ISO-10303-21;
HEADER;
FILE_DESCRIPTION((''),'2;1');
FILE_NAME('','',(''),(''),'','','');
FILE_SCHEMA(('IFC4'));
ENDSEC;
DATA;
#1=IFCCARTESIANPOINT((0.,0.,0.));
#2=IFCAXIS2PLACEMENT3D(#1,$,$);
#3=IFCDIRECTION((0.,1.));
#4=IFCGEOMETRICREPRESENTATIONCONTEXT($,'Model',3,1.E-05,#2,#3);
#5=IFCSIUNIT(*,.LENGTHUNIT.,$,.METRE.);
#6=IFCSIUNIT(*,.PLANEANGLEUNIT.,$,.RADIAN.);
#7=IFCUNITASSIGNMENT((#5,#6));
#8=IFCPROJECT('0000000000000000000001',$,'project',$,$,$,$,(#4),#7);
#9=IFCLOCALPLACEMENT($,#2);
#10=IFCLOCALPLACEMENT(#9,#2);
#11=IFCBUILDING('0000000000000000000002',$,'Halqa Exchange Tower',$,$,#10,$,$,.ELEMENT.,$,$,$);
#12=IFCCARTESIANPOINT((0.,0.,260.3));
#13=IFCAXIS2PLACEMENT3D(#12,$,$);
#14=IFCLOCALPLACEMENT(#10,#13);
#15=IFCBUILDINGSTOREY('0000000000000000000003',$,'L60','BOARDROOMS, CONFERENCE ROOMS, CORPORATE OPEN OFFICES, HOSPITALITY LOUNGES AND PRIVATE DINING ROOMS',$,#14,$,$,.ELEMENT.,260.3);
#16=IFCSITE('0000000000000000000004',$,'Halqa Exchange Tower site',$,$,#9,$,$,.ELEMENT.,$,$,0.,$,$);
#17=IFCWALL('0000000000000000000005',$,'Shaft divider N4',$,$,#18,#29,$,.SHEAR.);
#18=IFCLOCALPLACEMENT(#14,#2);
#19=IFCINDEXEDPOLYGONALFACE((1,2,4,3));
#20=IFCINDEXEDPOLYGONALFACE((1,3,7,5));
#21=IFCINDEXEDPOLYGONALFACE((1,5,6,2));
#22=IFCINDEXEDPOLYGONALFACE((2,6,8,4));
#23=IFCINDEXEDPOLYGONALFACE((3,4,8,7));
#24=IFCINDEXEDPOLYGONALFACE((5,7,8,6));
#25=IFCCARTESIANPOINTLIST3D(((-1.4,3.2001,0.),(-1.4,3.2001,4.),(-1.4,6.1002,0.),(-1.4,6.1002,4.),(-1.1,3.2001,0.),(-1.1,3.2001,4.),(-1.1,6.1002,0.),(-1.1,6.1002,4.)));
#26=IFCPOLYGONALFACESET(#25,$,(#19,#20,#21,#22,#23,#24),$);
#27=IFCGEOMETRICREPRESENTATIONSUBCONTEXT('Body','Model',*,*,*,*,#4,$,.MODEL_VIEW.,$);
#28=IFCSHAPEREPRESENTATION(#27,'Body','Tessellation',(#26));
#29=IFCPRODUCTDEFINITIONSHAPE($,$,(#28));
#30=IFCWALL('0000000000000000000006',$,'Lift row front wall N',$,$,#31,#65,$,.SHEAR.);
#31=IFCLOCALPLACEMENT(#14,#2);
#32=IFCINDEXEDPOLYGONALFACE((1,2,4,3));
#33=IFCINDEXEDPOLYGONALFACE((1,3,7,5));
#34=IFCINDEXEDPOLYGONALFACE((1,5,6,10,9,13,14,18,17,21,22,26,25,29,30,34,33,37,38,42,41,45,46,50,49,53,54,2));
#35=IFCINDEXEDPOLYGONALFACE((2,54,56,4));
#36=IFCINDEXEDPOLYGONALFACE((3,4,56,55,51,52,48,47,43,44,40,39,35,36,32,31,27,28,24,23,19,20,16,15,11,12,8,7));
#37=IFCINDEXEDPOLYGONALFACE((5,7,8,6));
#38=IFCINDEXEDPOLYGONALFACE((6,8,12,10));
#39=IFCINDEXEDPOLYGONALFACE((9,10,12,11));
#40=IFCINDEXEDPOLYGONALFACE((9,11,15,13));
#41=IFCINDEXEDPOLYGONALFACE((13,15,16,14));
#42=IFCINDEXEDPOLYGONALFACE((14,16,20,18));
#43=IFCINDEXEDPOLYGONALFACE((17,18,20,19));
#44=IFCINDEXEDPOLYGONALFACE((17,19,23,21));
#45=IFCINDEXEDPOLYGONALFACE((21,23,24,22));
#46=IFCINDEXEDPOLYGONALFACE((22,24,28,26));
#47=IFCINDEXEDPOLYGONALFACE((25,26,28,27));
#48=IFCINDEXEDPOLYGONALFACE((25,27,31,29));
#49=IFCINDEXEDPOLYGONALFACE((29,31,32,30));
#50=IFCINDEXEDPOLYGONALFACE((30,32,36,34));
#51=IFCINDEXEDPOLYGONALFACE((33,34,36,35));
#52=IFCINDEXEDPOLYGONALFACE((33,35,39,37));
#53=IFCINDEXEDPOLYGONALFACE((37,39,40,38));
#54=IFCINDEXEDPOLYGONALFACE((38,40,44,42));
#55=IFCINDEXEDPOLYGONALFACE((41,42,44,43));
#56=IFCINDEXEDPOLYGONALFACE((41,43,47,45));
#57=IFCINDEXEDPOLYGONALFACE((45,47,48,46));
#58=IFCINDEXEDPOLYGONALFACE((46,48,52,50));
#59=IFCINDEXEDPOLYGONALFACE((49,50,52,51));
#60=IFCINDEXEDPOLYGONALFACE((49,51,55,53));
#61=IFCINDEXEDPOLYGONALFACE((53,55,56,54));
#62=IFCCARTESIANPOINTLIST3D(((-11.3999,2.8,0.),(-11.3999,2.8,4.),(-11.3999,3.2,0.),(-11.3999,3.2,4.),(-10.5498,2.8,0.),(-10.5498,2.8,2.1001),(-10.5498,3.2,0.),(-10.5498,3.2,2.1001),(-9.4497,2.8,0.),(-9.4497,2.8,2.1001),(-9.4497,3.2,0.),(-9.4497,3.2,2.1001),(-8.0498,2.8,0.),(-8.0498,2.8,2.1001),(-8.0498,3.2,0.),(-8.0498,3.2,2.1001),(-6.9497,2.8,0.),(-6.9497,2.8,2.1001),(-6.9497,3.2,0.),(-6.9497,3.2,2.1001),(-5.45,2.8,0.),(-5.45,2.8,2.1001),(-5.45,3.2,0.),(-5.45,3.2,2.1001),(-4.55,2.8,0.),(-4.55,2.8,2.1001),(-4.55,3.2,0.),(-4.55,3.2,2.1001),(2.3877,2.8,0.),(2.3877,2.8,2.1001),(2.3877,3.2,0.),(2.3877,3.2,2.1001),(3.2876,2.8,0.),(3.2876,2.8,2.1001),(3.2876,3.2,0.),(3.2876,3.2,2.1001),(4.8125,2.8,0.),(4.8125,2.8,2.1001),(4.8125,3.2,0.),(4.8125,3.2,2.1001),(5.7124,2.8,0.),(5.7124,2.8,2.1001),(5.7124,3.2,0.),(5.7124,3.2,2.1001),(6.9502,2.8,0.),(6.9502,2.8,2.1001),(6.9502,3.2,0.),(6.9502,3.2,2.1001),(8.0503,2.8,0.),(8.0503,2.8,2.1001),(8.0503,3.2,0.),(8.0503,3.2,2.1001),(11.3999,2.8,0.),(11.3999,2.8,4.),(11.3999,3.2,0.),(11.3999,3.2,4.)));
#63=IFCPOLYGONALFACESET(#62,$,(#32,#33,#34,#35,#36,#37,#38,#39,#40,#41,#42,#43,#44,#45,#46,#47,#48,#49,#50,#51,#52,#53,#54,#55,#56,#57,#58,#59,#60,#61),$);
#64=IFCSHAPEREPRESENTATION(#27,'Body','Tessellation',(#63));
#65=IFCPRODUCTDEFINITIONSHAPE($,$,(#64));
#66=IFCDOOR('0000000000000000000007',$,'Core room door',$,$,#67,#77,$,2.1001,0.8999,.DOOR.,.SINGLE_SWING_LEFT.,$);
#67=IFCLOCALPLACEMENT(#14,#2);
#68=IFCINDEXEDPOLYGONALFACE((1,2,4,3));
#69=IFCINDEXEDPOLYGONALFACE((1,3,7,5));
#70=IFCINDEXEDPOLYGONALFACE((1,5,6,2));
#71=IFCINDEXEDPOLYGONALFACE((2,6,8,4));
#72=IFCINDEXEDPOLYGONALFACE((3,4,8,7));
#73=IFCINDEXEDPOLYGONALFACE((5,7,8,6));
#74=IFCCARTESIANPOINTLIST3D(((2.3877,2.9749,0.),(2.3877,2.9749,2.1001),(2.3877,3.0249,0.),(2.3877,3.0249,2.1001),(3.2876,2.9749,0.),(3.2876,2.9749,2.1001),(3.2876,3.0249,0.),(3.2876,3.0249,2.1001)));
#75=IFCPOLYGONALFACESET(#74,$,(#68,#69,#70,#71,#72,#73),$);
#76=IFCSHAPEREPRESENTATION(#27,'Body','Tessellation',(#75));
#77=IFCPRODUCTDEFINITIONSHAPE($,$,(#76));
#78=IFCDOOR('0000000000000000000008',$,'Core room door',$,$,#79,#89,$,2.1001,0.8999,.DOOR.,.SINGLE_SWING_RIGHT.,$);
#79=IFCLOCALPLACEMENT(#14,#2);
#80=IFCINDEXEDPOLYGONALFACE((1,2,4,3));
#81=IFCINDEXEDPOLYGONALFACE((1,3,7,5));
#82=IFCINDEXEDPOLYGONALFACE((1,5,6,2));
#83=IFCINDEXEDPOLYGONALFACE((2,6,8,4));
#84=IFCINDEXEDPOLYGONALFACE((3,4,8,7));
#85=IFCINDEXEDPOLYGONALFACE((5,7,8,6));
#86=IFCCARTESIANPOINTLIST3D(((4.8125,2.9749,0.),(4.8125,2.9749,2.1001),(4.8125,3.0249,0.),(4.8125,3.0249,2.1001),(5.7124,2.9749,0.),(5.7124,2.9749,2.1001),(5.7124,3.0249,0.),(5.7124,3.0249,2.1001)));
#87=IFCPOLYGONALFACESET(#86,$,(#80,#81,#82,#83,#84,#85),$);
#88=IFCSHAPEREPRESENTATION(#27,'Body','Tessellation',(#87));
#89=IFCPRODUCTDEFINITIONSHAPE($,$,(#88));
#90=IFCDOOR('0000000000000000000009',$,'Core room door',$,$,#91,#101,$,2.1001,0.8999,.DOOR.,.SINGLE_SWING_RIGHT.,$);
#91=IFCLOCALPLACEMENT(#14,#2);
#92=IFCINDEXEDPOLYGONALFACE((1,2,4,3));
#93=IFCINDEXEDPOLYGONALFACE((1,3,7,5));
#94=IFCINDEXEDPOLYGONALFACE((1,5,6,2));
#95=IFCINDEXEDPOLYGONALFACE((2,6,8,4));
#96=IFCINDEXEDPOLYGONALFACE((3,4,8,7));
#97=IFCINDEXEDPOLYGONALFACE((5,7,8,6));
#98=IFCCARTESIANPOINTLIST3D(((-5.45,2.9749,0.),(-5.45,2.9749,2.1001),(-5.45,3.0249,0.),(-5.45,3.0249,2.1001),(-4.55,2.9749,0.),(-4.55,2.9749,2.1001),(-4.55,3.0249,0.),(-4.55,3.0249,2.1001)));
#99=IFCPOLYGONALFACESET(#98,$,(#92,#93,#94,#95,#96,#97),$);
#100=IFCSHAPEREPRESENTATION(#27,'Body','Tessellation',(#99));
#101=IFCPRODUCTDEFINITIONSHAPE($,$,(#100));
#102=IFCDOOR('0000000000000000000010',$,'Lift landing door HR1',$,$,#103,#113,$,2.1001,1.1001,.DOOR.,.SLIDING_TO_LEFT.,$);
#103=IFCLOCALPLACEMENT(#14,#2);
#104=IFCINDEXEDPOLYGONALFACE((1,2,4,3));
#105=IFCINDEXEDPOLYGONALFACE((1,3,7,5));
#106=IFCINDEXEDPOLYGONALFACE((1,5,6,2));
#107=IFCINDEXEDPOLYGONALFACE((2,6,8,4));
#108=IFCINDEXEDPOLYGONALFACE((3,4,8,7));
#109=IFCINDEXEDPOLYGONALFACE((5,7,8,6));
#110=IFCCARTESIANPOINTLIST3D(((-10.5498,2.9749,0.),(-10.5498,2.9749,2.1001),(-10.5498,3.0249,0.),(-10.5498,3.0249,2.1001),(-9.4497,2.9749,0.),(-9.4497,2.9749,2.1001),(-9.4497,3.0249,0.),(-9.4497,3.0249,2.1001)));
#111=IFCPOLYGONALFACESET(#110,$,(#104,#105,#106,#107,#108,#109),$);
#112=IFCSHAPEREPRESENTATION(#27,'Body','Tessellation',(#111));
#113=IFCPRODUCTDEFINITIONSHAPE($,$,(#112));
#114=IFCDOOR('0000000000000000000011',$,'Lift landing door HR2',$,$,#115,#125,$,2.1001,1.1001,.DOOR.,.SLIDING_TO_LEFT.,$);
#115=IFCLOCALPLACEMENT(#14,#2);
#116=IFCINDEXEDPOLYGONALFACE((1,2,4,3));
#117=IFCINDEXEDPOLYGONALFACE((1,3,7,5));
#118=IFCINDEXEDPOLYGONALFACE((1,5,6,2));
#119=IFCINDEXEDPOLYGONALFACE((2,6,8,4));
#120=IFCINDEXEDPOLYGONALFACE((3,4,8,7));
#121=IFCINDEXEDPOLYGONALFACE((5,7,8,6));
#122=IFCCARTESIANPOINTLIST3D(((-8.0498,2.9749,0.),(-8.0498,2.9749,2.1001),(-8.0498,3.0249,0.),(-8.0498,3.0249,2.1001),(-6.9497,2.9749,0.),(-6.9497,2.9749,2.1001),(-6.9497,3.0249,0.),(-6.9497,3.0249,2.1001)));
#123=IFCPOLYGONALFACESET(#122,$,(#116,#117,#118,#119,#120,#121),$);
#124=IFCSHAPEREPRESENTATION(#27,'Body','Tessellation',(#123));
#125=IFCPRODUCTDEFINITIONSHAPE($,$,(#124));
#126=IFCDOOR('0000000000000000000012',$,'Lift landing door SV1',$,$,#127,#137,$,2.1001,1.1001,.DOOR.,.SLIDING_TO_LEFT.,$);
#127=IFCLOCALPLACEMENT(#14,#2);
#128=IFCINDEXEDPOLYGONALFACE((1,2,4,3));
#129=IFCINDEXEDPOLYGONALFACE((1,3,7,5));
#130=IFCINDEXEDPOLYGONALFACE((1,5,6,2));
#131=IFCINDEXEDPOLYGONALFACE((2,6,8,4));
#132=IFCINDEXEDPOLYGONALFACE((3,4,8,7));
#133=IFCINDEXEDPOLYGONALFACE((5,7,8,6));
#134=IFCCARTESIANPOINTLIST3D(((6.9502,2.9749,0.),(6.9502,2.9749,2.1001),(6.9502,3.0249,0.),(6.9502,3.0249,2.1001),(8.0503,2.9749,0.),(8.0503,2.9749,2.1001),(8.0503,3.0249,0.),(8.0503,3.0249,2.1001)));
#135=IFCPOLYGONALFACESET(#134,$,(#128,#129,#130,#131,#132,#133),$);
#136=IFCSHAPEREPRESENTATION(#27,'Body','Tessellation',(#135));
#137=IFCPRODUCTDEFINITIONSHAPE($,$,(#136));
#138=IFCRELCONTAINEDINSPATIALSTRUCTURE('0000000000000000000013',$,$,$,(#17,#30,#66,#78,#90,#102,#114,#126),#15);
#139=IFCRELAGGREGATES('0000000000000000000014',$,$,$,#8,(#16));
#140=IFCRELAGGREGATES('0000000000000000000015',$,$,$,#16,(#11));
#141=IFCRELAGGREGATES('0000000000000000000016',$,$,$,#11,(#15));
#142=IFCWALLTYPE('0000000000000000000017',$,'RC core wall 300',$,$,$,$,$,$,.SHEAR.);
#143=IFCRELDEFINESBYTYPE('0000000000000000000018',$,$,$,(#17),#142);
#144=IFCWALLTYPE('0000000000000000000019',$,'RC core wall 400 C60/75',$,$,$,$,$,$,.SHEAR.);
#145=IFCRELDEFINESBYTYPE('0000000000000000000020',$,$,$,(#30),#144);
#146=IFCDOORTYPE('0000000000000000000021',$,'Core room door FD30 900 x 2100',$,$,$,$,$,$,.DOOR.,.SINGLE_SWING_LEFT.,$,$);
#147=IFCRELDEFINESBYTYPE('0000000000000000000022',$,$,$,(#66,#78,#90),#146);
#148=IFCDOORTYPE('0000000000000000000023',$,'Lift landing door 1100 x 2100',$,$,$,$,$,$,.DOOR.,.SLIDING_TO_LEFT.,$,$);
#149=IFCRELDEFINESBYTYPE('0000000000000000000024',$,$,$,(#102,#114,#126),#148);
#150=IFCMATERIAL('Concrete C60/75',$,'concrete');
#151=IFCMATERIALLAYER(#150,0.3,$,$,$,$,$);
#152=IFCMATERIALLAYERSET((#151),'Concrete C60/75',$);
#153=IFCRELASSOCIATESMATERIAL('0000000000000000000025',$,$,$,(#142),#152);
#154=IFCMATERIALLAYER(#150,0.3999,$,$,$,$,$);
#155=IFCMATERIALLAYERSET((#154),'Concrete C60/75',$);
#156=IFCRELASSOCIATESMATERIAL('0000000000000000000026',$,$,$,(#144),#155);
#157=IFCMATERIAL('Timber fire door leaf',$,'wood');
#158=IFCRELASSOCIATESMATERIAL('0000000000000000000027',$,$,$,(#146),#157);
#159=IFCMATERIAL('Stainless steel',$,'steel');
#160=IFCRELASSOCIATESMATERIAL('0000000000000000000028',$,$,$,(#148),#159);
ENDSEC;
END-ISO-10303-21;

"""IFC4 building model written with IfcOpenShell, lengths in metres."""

from ifc_helpers import new_model, si_unit, direction, frame, frame_2d, origin, place, context, subcontext, project, spatial, rectangle, extrude, material, layer, layer_set, type_object, element, fill, save


model = new_model("IFC4")

# Units and contexts
model_context = context("Model", 3, precision=1e-05, world=origin(), true_north=direction((0.0, 1.0)))
body_context = subcontext(model_context, "Body", "Model", "MODEL_VIEW")
ifc_project = project(units=[si_unit("LENGTHUNIT", "METRE"), si_unit("PLANEANGLEUNIT", "RADIAN")], contexts=[model_context])

# Site, building, storey
site_placement = place(None, origin())
site = spatial("IfcSite", under=ifc_project, at=site_placement, Name="Halqa Exchange Tower site", CompositionType="ELEMENT", RefElevation=0.0)
building_placement = place(site_placement, origin())
building = spatial("IfcBuilding", under=site, at=building_placement, Name="Halqa Exchange Tower", CompositionType="ELEMENT")
storey_placement = place(building_placement, frame((0.0, 0.0, 260.3)))
storey = spatial("IfcBuildingStorey", under=building, at=storey_placement, Name="L60", Description="BOARDROOMS, CONFERENCE ROOMS, CORPORATE OPEN OFFICES, HOSPITALITY LOUNGES AND PRIVATE DINING ROOMS", CompositionType="ELEMENT", Elevation=260.3)

# Wall
ifc_material_1 = material(Name="Concrete C60/75", Category="concrete")
ifc_layer_1 = layer(ifc_material_1, 0.3)
ifc_layer_set_1 = layer_set([ifc_layer_1], Name="Concrete C60/75")
wall_type_1 = type_object("IfcWallType", Name="RC core wall 300", PredefinedType="SHEAR", material=ifc_layer_set_1)
for number, where, z_axis, x_axis, name in (
    (1, (-1.25, 3.2, 0.0), (0.0, 0.0, 1.0), (0.0, 1.0, 0.0), "Shaft divider N4"),
):
    element("IfcWall", number, at=place(storey_placement, frame(where, z_axis=z_axis, x_axis=x_axis)), inside=storey, type_object=wall_type_1, Name=name, PredefinedType="SHEAR", context=body_context, shape_type="SweptSolid", body=[
        extrude(rectangle(XDim=2.9001, YDim=0.3, at=frame_2d((1.4502, 0.0))), origin(), (0.0, 0.0, 1.0), 4.0),
    ])

# Wall, openings, doors
ifc_layer_2 = layer(ifc_material_1, 0.3999)
ifc_layer_set_2 = layer_set([ifc_layer_2], Name="Concrete C60/75")
wall_type_2 = type_object("IfcWallType", Name="RC core wall 400 C60/75", PredefinedType="SHEAR", material=ifc_layer_set_2)
wall_1_placement = place(storey_placement, frame((-11.3999, 3.0, 0.0), z_axis=(0.0, 0.0, 1.0), x_axis=(1.0, 0.0, 0.0)))
wall_1 = element("IfcWall", 2, at=wall_1_placement, inside=storey, type_object=wall_type_2, Name="Lift row front wall N", PredefinedType="SHEAR", context=body_context, shape_type="SweptSolid", body=[
    extrude(rectangle(XDim=22.7998, YDim=0.3999, at=frame_2d((11.3999, 0.0))), origin(), (0.0, 0.0, 1.0), 4.0),
])
opening_1_placement = place(wall_1_placement, frame((0.8501, 0.0, 0.0)))
opening_1 = element("IfcOpeningElement", 3, at=opening_1_placement, cuts=wall_1, PredefinedType="OPENING", context=body_context, shape_type="SweptSolid", body=[
    extrude(rectangle(XDim=1.1001, YDim=2.1001, at=frame_2d((0.55, 1.05))), frame((0.0, 0.2119, 0.0), z_axis=(0.0, -1.0, 0.0), x_axis=(1.0, 0.0, 0.0)), (0.0, 0.0, 1.0), 0.4238),
])
opening_2_placement = place(wall_1_placement, frame((3.3501, 0.0, 0.0)))
opening_2 = element("IfcOpeningElement", 4, at=opening_2_placement, cuts=wall_1, PredefinedType="OPENING", context=body_context, shape_type="SweptSolid", body=[
    extrude(rectangle(XDim=1.1001, YDim=2.1001, at=frame_2d((0.55, 1.05))), frame((0.0, 0.2119, 0.0), z_axis=(0.0, -1.0, 0.0), x_axis=(1.0, 0.0, 0.0)), (0.0, 0.0, 1.0), 0.4238),
])
opening_3_placement = place(wall_1_placement, frame((18.3501, 0.0, 0.0)))
opening_3 = element("IfcOpeningElement", 5, at=opening_3_placement, cuts=wall_1, PredefinedType="OPENING", context=body_context, shape_type="SweptSolid", body=[
    extrude(rectangle(XDim=1.1001, YDim=2.1001, at=frame_2d((0.55, 1.05))), frame((0.0, 0.2119, 0.0), z_axis=(0.0, -1.0, 0.0), x_axis=(1.0, 0.0, 0.0)), (0.0, 0.0, 1.0), 0.4238),
])
opening_4_placement = place(wall_1_placement, frame((13.7876, 0.0, 0.0)))
opening_4 = element("IfcOpeningElement", 6, at=opening_4_placement, cuts=wall_1, PredefinedType="OPENING", context=body_context, shape_type="SweptSolid", body=[
    extrude(rectangle(XDim=0.8999, YDim=2.1001, at=frame_2d((0.45, 1.05))), frame((0.0, 0.2119, 0.0), z_axis=(0.0, -1.0, 0.0), x_axis=(1.0, 0.0, 0.0)), (0.0, 0.0, 1.0), 0.4238),
])
opening_5_placement = place(wall_1_placement, frame((16.2124, 0.0, 0.0)))
opening_5 = element("IfcOpeningElement", 7, at=opening_5_placement, cuts=wall_1, PredefinedType="OPENING", context=body_context, shape_type="SweptSolid", body=[
    extrude(rectangle(XDim=0.8999, YDim=2.1001, at=frame_2d((0.45, 1.05))), frame((0.0, 0.2119, 0.0), z_axis=(0.0, -1.0, 0.0), x_axis=(1.0, 0.0, 0.0)), (0.0, 0.0, 1.0), 0.4238),
])
opening_6_placement = place(wall_1_placement, frame((5.95, 0.0, 0.0)))
opening_6 = element("IfcOpeningElement", 8, at=opening_6_placement, cuts=wall_1, PredefinedType="OPENING", context=body_context, shape_type="SweptSolid", body=[
    extrude(rectangle(XDim=0.8999, YDim=2.1001, at=frame_2d((0.45, 1.05))), frame((0.0, 0.2119, 0.0), z_axis=(0.0, -1.0, 0.0), x_axis=(1.0, 0.0, 0.0)), (0.0, 0.0, 1.0), 0.4238),
])
ifc_material_2 = material(Name="Timber fire door leaf", Category="wood")
door_type_1 = type_object("IfcDoorType", Name="Core room door FD30 900 x 2100", OperationType="SINGLE_SWING_LEFT", PredefinedType="DOOR", material=ifc_material_2)
door_1_placement = place(opening_4_placement, origin())
door_1 = element("IfcDoor", 9, at=door_1_placement, inside=storey, type_object=door_type_1, Name="Core room door", OperationType="SINGLE_SWING_LEFT", OverallHeight=2.1001, OverallWidth=0.8999, PredefinedType="DOOR", context=body_context, shape_type="SweptSolid", body=[
    extrude(rectangle(XDim=0.8999, YDim=2.1001, at=frame_2d((0.45, 1.05))), frame((0.0, 0.0249, 0.0), z_axis=(0.0, -1.0, 0.0), x_axis=(1.0, 0.0, 0.0)), (0.0, 0.0, 1.0), 0.05),
])
fill(opening_4, door_1)
door_2_placement = place(opening_5_placement, origin())
door_2 = element("IfcDoor", 10, at=door_2_placement, inside=storey, type_object=door_type_1, Name="Core room door", OperationType="SINGLE_SWING_RIGHT", OverallHeight=2.1001, OverallWidth=0.8999, PredefinedType="DOOR", context=body_context, shape_type="SweptSolid", body=[
    extrude(rectangle(XDim=0.8999, YDim=2.1001, at=frame_2d((0.45, 1.05))), frame((0.0, 0.0249, 0.0), z_axis=(0.0, -1.0, 0.0), x_axis=(1.0, 0.0, 0.0)), (0.0, 0.0, 1.0), 0.05),
])
fill(opening_5, door_2)
door_3_placement = place(opening_6_placement, origin())
door_3 = element("IfcDoor", 11, at=door_3_placement, inside=storey, type_object=door_type_1, Name="Core room door", OperationType="SINGLE_SWING_RIGHT", OverallHeight=2.1001, OverallWidth=0.8999, PredefinedType="DOOR", context=body_context, shape_type="SweptSolid", body=[
    extrude(rectangle(XDim=0.8999, YDim=2.1001, at=frame_2d((0.45, 1.05))), frame((0.0, 0.0249, 0.0), z_axis=(0.0, -1.0, 0.0), x_axis=(1.0, 0.0, 0.0)), (0.0, 0.0, 1.0), 0.05),
])
fill(opening_6, door_3)
ifc_material_3 = material(Name="Stainless steel", Category="steel")
door_type_2 = type_object("IfcDoorType", Name="Lift landing door 1100 x 2100", OperationType="SLIDING_TO_LEFT", PredefinedType="DOOR", material=ifc_material_3)
door_4_placement = place(opening_1_placement, origin())
door_4 = element("IfcDoor", 12, at=door_4_placement, inside=storey, type_object=door_type_2, Name="Lift landing door HR1", OperationType="SLIDING_TO_LEFT", OverallHeight=2.1001, OverallWidth=1.1001, PredefinedType="DOOR", context=body_context, shape_type="SweptSolid", body=[
    extrude(rectangle(XDim=1.1001, YDim=2.1001, at=frame_2d((0.55, 1.05))), frame((0.0, 0.0249, 0.0), z_axis=(0.0, -1.0, 0.0), x_axis=(1.0, 0.0, 0.0)), (0.0, 0.0, 1.0), 0.05),
])
fill(opening_1, door_4)
door_5_placement = place(opening_2_placement, origin())
door_5 = element("IfcDoor", 13, at=door_5_placement, inside=storey, type_object=door_type_2, Name="Lift landing door HR2", OperationType="SLIDING_TO_LEFT", OverallHeight=2.1001, OverallWidth=1.1001, PredefinedType="DOOR", context=body_context, shape_type="SweptSolid", body=[
    extrude(rectangle(XDim=1.1001, YDim=2.1001, at=frame_2d((0.55, 1.05))), frame((0.0, 0.0249, 0.0), z_axis=(0.0, -1.0, 0.0), x_axis=(1.0, 0.0, 0.0)), (0.0, 0.0, 1.0), 0.05),
])
fill(opening_2, door_5)
door_6_placement = place(opening_3_placement, origin())
door_6 = element("IfcDoor", 14, at=door_6_placement, inside=storey, type_object=door_type_2, Name="Lift landing door SV1", OperationType="SLIDING_TO_LEFT", OverallHeight=2.1001, OverallWidth=1.1001, PredefinedType="DOOR", context=body_context, shape_type="SweptSolid", body=[
    extrude(rectangle(XDim=1.1001, YDim=2.1001, at=frame_2d((0.55, 1.05))), frame((0.0, 0.0249, 0.0), z_axis=(0.0, -1.0, 0.0), x_axis=(1.0, 0.0, 0.0)), (0.0, 0.0, 1.0), 0.05),
])
fill(opening_3, door_6)

save(model, "model.ifc")
